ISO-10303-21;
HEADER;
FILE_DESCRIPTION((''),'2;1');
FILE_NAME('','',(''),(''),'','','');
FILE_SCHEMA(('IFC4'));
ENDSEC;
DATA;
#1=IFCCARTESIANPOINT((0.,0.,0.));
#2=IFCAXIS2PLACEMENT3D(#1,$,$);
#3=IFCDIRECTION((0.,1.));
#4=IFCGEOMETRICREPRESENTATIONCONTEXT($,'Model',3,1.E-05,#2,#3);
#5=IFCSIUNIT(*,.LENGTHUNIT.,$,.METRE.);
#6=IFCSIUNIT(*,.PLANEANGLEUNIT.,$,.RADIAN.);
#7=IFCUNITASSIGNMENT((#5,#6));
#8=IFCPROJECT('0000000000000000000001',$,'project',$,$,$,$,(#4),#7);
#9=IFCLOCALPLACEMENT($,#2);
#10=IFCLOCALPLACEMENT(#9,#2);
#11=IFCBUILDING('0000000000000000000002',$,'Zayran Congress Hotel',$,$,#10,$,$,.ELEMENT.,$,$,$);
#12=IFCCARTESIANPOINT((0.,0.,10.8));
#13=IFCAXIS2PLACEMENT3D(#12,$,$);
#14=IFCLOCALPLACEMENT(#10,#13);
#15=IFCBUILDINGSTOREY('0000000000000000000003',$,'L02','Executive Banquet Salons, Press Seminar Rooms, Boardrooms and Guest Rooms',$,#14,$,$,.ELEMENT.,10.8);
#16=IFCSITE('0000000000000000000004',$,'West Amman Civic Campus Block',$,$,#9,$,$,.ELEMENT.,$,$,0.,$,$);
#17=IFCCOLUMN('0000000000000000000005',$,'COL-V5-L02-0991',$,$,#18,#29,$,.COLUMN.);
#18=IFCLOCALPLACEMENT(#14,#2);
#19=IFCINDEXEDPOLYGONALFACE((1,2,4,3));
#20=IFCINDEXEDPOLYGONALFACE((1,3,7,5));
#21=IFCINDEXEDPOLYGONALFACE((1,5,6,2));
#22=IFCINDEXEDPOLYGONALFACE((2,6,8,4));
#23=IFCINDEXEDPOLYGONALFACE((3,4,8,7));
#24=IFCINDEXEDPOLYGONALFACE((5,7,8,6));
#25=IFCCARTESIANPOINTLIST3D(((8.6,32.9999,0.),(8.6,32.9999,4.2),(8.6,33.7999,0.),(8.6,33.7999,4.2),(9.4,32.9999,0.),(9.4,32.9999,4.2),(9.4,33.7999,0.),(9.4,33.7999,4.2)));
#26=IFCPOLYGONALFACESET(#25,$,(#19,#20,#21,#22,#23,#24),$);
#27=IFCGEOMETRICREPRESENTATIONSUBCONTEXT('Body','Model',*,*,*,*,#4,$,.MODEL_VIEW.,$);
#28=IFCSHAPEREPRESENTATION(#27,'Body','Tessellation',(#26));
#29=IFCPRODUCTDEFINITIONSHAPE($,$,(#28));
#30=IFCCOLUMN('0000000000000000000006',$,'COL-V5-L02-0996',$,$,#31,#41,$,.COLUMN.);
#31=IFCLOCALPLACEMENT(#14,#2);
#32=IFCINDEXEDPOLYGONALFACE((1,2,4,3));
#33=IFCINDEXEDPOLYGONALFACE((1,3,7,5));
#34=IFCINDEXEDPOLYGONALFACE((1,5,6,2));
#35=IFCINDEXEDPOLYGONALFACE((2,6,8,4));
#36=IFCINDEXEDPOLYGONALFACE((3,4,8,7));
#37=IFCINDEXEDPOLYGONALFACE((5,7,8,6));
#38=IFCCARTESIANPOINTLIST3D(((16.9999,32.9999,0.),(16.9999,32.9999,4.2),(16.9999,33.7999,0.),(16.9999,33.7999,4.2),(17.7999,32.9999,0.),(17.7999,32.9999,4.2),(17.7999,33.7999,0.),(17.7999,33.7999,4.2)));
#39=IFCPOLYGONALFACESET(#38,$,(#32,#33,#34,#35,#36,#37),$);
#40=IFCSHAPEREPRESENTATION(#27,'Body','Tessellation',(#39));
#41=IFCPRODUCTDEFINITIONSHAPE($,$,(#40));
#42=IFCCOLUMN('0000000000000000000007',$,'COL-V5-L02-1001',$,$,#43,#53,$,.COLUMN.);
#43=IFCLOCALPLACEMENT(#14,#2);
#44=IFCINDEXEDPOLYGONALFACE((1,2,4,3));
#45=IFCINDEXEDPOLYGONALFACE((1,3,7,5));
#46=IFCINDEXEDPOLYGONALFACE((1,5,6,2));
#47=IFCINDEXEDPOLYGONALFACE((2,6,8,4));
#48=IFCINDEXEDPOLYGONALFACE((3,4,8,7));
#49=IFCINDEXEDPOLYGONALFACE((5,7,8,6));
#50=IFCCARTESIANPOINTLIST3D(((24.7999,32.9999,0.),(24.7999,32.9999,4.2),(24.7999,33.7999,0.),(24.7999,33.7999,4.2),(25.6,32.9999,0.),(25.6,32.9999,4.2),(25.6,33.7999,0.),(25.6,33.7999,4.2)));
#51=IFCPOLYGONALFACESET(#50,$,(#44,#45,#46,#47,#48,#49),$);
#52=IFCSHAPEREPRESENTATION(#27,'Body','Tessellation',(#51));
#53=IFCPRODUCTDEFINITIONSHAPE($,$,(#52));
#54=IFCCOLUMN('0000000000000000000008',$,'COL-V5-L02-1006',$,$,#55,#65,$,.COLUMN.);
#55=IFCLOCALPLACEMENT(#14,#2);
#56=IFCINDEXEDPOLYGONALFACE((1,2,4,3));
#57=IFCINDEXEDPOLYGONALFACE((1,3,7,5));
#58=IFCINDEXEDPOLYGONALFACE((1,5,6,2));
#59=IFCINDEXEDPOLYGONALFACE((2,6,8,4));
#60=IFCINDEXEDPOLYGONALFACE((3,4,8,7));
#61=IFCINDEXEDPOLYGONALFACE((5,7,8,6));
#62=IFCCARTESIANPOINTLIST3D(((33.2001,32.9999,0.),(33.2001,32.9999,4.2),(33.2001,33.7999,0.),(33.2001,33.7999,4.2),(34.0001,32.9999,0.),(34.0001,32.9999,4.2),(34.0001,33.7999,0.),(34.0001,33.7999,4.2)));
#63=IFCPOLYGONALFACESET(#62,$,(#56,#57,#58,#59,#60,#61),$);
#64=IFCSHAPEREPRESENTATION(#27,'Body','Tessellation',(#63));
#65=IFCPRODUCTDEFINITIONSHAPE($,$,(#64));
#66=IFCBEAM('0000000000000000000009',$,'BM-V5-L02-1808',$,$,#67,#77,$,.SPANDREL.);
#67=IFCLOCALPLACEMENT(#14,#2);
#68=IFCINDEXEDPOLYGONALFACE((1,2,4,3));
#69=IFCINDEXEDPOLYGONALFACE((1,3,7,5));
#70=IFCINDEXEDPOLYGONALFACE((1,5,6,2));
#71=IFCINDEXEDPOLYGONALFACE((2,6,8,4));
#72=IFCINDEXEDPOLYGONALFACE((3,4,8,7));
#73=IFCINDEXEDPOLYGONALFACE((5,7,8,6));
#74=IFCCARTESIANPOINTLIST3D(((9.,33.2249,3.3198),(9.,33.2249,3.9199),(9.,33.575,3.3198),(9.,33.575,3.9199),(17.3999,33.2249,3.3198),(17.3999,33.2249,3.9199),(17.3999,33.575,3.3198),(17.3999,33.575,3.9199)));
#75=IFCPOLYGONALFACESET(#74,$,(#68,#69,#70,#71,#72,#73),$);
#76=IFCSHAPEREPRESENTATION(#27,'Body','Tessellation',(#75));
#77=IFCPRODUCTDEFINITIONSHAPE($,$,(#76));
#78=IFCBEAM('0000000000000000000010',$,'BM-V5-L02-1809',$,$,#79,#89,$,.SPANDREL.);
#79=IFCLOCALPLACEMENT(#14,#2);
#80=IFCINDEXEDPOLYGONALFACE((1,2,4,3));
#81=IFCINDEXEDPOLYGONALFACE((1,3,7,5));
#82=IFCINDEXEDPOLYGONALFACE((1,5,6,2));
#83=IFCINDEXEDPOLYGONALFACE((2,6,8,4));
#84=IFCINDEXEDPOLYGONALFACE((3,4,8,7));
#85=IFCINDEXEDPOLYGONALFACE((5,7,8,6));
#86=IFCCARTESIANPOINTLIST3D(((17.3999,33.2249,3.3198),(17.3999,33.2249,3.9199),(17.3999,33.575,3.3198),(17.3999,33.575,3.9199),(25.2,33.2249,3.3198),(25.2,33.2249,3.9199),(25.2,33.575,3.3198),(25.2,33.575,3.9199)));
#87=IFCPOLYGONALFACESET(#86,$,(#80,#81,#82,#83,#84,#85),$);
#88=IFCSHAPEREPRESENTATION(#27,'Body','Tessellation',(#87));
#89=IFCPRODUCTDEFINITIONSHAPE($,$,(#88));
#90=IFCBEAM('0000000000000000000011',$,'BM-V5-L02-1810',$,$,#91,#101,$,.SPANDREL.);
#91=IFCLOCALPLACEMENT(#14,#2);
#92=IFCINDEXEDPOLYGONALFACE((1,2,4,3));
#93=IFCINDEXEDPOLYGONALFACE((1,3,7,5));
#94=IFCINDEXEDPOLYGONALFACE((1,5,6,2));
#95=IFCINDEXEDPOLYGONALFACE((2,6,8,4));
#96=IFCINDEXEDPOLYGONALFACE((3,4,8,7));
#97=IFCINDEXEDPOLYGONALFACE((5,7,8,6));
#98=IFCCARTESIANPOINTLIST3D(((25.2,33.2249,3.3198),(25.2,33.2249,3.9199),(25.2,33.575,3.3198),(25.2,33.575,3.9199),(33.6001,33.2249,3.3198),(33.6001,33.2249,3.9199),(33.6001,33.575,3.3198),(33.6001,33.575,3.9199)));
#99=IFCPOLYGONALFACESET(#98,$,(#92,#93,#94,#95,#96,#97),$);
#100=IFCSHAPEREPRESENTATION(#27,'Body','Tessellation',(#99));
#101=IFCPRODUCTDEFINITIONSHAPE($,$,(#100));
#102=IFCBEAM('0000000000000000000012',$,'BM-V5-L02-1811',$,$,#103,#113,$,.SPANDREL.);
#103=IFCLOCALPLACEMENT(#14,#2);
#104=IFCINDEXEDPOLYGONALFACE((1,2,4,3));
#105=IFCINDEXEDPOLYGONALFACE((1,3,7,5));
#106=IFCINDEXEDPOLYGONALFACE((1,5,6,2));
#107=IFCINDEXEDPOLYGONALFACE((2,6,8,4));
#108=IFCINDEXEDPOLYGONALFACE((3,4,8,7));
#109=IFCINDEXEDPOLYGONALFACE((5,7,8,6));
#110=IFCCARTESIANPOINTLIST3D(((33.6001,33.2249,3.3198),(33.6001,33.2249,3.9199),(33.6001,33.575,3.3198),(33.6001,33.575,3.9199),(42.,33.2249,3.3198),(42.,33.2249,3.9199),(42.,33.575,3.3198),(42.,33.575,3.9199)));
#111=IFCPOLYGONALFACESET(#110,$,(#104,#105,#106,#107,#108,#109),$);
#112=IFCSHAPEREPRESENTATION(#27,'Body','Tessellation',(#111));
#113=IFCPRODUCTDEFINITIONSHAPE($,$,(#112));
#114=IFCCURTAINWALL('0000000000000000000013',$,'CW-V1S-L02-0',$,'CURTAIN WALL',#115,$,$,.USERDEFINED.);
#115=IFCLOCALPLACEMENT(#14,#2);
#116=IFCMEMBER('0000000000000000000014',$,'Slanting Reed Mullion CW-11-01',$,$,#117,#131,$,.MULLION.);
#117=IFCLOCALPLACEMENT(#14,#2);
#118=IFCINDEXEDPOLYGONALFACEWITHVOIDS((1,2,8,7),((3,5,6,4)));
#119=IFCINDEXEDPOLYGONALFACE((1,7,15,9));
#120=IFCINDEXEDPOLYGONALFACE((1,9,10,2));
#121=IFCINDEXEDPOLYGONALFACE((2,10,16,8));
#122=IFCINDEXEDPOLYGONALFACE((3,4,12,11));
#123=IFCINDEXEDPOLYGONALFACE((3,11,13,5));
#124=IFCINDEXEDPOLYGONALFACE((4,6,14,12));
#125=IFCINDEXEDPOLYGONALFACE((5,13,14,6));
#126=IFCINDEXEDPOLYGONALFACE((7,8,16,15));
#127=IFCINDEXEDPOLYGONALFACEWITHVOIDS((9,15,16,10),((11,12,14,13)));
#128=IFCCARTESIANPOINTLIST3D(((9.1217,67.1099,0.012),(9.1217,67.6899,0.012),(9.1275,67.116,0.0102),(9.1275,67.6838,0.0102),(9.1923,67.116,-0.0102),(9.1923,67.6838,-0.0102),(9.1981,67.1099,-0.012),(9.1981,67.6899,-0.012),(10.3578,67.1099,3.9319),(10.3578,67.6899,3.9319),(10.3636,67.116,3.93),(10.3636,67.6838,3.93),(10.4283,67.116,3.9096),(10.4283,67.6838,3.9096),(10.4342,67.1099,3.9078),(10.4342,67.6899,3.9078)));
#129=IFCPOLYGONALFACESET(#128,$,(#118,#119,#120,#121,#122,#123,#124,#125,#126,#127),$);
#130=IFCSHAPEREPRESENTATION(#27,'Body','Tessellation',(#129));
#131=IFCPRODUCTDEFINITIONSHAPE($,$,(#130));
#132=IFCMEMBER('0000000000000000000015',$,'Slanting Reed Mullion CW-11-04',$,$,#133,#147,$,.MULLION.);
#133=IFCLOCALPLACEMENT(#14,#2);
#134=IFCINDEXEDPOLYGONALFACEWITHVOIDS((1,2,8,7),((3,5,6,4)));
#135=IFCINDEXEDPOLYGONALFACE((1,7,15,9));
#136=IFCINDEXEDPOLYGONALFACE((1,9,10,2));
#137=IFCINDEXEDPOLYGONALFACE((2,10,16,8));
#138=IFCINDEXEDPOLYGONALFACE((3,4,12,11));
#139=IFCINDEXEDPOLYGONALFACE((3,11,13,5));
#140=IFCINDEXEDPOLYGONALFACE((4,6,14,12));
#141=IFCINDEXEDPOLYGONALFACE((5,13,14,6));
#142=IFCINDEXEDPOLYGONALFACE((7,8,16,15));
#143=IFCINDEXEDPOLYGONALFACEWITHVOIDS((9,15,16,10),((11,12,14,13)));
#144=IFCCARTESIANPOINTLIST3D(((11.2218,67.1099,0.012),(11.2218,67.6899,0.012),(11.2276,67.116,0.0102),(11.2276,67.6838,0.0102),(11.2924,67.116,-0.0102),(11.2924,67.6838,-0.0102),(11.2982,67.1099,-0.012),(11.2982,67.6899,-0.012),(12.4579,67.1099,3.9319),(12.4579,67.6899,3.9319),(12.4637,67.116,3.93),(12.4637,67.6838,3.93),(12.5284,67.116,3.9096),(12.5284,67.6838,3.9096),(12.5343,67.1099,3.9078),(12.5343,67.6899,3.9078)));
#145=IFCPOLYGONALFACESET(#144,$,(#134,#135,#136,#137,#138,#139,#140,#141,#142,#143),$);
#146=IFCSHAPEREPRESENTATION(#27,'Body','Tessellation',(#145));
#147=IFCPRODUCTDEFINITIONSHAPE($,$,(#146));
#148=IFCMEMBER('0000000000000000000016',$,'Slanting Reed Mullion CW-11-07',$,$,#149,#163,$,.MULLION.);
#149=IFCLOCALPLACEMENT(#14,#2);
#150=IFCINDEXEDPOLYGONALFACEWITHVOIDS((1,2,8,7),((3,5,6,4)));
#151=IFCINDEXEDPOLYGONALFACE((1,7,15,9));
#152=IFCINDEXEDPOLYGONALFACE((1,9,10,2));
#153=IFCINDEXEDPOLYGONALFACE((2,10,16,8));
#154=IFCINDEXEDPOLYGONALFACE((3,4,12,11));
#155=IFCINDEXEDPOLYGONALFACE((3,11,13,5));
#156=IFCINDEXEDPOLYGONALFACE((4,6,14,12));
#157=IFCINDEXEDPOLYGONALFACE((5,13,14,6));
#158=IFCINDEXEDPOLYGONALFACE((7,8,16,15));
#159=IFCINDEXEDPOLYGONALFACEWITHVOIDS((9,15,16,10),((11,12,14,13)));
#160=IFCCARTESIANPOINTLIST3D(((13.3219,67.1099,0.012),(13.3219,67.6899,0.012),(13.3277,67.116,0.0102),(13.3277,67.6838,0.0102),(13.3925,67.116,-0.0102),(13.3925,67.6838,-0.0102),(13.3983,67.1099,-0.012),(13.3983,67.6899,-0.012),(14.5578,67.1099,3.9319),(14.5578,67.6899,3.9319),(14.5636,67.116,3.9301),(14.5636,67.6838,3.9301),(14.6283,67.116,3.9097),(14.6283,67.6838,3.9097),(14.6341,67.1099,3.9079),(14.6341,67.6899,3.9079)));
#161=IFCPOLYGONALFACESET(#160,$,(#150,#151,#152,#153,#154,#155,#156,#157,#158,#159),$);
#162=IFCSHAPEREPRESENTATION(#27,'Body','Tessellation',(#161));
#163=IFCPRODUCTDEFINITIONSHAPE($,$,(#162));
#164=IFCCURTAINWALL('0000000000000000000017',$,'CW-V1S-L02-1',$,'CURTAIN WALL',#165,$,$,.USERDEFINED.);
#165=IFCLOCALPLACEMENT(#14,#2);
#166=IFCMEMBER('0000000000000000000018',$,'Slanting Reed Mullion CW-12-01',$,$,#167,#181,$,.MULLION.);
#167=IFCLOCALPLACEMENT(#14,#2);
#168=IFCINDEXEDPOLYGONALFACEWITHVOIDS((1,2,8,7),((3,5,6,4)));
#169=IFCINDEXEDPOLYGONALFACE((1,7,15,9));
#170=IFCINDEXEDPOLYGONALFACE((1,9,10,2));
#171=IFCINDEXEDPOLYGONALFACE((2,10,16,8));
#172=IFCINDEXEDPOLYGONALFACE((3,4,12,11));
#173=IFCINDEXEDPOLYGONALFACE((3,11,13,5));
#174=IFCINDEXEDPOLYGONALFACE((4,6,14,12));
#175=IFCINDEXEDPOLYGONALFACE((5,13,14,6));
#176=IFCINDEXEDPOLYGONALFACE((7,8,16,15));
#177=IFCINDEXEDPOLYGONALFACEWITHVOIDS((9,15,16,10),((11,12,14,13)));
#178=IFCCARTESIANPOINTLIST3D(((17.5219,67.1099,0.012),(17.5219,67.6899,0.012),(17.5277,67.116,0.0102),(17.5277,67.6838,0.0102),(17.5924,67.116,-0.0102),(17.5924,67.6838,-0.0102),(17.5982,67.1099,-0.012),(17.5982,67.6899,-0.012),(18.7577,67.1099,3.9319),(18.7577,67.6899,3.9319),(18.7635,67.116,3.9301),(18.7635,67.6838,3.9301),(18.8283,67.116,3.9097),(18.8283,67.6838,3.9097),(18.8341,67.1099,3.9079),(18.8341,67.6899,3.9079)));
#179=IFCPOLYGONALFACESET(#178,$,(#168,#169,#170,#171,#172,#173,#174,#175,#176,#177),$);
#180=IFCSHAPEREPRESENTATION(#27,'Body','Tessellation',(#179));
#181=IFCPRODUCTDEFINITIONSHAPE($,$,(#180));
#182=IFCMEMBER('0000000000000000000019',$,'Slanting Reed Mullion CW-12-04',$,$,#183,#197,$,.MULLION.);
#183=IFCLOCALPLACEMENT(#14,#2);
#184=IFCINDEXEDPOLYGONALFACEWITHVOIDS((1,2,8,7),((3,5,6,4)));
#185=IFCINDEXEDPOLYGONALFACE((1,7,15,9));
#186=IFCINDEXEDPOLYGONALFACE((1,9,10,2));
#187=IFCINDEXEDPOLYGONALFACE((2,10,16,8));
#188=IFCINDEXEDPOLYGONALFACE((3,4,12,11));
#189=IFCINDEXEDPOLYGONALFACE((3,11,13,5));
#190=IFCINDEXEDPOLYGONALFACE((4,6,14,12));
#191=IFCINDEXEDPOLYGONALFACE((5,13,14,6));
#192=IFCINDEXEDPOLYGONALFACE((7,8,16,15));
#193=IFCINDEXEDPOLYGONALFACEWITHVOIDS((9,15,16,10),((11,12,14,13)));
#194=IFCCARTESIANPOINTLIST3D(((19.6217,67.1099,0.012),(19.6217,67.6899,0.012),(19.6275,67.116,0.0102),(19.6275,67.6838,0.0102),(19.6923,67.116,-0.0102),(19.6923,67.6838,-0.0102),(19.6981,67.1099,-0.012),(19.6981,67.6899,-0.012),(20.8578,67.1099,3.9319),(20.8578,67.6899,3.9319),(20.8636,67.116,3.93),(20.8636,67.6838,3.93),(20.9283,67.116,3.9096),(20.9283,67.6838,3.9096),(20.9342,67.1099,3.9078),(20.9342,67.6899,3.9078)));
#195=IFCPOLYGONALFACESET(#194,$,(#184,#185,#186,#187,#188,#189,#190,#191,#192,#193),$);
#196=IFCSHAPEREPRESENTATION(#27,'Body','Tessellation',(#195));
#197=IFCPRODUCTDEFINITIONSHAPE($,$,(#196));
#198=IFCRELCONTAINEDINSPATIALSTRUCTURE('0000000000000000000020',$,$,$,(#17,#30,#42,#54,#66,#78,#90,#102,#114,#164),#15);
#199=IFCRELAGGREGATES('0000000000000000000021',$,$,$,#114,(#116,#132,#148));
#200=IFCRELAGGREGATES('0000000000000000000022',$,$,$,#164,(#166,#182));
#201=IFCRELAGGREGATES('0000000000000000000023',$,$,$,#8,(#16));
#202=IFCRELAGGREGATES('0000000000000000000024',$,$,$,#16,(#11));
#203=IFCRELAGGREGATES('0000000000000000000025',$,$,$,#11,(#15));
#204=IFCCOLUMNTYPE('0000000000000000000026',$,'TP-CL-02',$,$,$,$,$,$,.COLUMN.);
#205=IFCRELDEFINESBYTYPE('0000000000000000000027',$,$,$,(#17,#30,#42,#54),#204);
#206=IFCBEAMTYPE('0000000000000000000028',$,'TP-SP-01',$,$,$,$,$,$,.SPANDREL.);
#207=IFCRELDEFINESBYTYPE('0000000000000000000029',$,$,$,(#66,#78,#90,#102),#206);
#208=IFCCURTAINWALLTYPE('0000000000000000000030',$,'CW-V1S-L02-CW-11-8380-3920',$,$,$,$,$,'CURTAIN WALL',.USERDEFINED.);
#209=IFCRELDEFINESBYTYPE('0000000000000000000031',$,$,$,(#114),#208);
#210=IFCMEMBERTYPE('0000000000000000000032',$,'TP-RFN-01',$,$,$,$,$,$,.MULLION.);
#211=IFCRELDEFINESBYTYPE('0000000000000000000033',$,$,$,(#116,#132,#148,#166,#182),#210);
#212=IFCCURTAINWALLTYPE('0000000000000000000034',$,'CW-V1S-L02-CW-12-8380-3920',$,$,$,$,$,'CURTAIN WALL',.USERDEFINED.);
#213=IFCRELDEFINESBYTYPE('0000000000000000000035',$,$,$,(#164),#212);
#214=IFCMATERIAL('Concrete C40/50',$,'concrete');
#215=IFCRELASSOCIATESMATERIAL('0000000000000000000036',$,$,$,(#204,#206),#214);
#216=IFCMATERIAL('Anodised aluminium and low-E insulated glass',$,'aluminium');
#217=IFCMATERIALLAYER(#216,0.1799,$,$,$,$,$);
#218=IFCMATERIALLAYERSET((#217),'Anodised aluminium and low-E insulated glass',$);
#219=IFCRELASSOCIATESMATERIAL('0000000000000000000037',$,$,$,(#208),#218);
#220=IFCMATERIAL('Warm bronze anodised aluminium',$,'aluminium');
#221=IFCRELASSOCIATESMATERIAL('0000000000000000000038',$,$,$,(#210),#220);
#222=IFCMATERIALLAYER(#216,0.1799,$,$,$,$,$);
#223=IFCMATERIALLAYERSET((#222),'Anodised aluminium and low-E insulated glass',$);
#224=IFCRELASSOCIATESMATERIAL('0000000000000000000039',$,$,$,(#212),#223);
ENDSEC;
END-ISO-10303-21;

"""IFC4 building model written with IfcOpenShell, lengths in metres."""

from ifc_helpers import new_model, si_unit, direction, frame, origin, origin_2d, place, context, subcontext, project, spatial, rectangle, hollow_rectangle, extrude, material, layer, layer_set, material_profile, profile_set, type_object, element, aggregate, save


model = new_model("IFC4")

# Units and contexts
model_context = context("Model", 3, precision=1e-05, world=origin(), true_north=direction((0.0, 1.0)))
body_context = subcontext(model_context, "Body", "Model", "MODEL_VIEW")
ifc_project = project(units=[si_unit("LENGTHUNIT", "METRE"), si_unit("PLANEANGLEUNIT", "RADIAN")], contexts=[model_context])

# Site, building, storey
site_placement = place(None, origin())
site = spatial("IfcSite", under=ifc_project, at=site_placement, Name="West Amman Civic Campus Block", CompositionType="ELEMENT", RefElevation=0.0)
building_placement = place(site_placement, origin())
building = spatial("IfcBuilding", under=site, at=building_placement, Name="Zayran Congress Hotel", CompositionType="ELEMENT")
storey_placement = place(building_placement, frame((0.0, 0.0, 10.8)))
storey = spatial("IfcBuildingStorey", under=building, at=storey_placement, Name="L02", Description="Executive Banquet Salons, Press Seminar Rooms, Boardrooms and Guest Rooms", CompositionType="ELEMENT", Elevation=10.8)

# Columns
ifc_material_1 = material(Name="Concrete C40/50", Category="concrete")
ifc_material_profile_1 = material_profile(ifc_material_1, rectangle(XDim=0.8, YDim=0.8, at=origin_2d()), Name="RC 800x800")
ifc_profile_set_1 = profile_set([ifc_material_profile_1], Name="Concrete C40/50")
column_type = type_object("IfcColumnType", Name="TP-CL-02", PredefinedType="COLUMN", material=ifc_profile_set_1)
for number, where, z_axis, x_axis, name in (
    (1, (9.0, 33.3999, 0.0), (0.0, 0.0, 1.0), (1.0, 0.0, 0.0), "COL-V5-L02-0991"),
    (2, (17.3999, 33.3999, 0.0), (0.0, 0.0, 1.0), (1.0, 0.0, 0.0), "COL-V5-L02-0996"),
    (3, (25.2, 33.3999, 0.0), (0.0, 0.0, 1.0), (1.0, 0.0, 0.0), "COL-V5-L02-1001"),
    (4, (33.6001, 33.3999, 0.0), (0.0, 0.0, 1.0), (1.0, 0.0, 0.0), "COL-V5-L02-1006"),
):
    element("IfcColumn", number, at=place(storey_placement, frame(where, z_axis=z_axis, x_axis=x_axis)), inside=storey, type_object=column_type, Name=name, PredefinedType="COLUMN", context=body_context, shape_type="SweptSolid", body=[
        extrude(rectangle(XDim=0.8, YDim=0.8, at=origin_2d()), origin(), (0.0, 0.0, 1.0), 4.2),
    ])

# Beams
ifc_material_profile_2 = material_profile(ifc_material_1, rectangle(XDim=0.3501, YDim=0.6001, at=origin_2d()), Name="RC 350x600")
ifc_profile_set_2 = profile_set([ifc_material_profile_2], Name="Concrete C40/50")
beam_type = type_object("IfcBeamType", Name="TP-SP-01", PredefinedType="SPANDREL", material=ifc_profile_set_2)
beam_1_placement = place(storey_placement, frame((9.0, 33.3999, 3.6199), z_axis=(1.0, 0.0, 0.0), x_axis=(0.0, 1.0, 0.0)))
element("IfcBeam", 5, at=beam_1_placement, inside=storey, type_object=beam_type, Name="BM-V5-L02-1808", PredefinedType="SPANDREL", context=body_context, shape_type="SweptSolid", body=[
    extrude(rectangle(XDim=0.3501, YDim=0.6001, at=origin_2d()), origin(), (0.0, 0.0, 1.0), 8.3999),
])
beam_2_placement = place(storey_placement, frame((17.3999, 33.3999, 3.6199), z_axis=(1.0, 0.0, 0.0), x_axis=(0.0, 1.0, 0.0)))
element("IfcBeam", 6, at=beam_2_placement, inside=storey, type_object=beam_type, Name="BM-V5-L02-1809", PredefinedType="SPANDREL", context=body_context, shape_type="SweptSolid", body=[
    extrude(rectangle(XDim=0.3501, YDim=0.6001, at=origin_2d()), origin(), (0.0, 0.0, 1.0), 7.8),
])
beam_3_placement = place(storey_placement, frame((25.2, 33.3999, 3.6199), z_axis=(1.0, 0.0, 0.0), x_axis=(0.0, 1.0, 0.0)))
element("IfcBeam", 7, at=beam_3_placement, inside=storey, type_object=beam_type, Name="BM-V5-L02-1810", PredefinedType="SPANDREL", context=body_context, shape_type="SweptSolid", body=[
    extrude(rectangle(XDim=0.3501, YDim=0.6001, at=origin_2d()), origin(), (0.0, 0.0, 1.0), 8.4001),
])
beam_4_placement = place(storey_placement, frame((33.6001, 33.3999, 3.6199), z_axis=(1.0, 0.0, 0.0), x_axis=(0.0, 1.0, 0.0)))
element("IfcBeam", 8, at=beam_4_placement, inside=storey, type_object=beam_type, Name="BM-V5-L02-1811", PredefinedType="SPANDREL", context=body_context, shape_type="SweptSolid", body=[
    extrude(rectangle(XDim=0.3501, YDim=0.6001, at=origin_2d()), origin(), (0.0, 0.0, 1.0), 8.3999),
])

# Curtain walls, members
ifc_material_2 = material(Name="Anodised aluminium and low-E insulated glass", Category="aluminium")
ifc_layer_1 = layer(ifc_material_2, 0.1799)
ifc_layer_set_1 = layer_set([ifc_layer_1], Name="Anodised aluminium and low-E insulated glass")
curtain_wall_type_1 = type_object("IfcCurtainWallType", Name="CW-V1S-L02-CW-11-8380-3920", ElementType="CURTAIN WALL", PredefinedType="USERDEFINED", material=ifc_layer_set_1)
curtain_wall_1_placement = place(storey_placement, origin())
curtain_wall_1 = element("IfcCurtainWall", 9, at=curtain_wall_1_placement, inside=storey, type_object=curtain_wall_type_1, Name="CW-V1S-L02-0", ObjectType="CURTAIN WALL", PredefinedType="USERDEFINED")
ifc_material_3 = material(Name="Warm bronze anodised aluminium", Category="aluminium")
ifc_material_profile_3 = material_profile(ifc_material_3, hollow_rectangle(XDim=0.0801, YDim=0.5801, WallThickness=0.0061, at=origin_2d()), Name="RHS 580x80x6")
ifc_profile_set_3 = profile_set([ifc_material_profile_3], Name="Warm bronze anodised aluminium")
member_type_1 = type_object("IfcMemberType", Name="TP-RFN-01", PredefinedType="MULLION", material=ifc_profile_set_3)
member_1_placement = place(storey_placement, frame((9.1599, 67.3999, 0.0), z_axis=(0.300736, 0.0, 0.953707), x_axis=(-0.953707, 0.0, 0.300736)))
member_1 = element("IfcMember", 10, at=member_1_placement, type_object=member_type_1, Name="Slanting Reed Mullion CW-11-01", PredefinedType="MULLION", context=body_context, shape_type="SweptSolid", body=[
    extrude(hollow_rectangle(XDim=0.0801, YDim=0.5801, WallThickness=0.0061, at=origin_2d()), origin(), (0.0, 0.0, 1.0), 4.1101),
])
member_2_placement = place(storey_placement, frame((11.26, 67.3999, 0.0), z_axis=(0.300736, 0.0, 0.953707), x_axis=(-0.953707, 0.0, 0.300736)))
member_2 = element("IfcMember", 11, at=member_2_placement, type_object=member_type_1, Name="Slanting Reed Mullion CW-11-04", PredefinedType="MULLION", context=body_context, shape_type="SweptSolid", body=[
    extrude(hollow_rectangle(XDim=0.0801, YDim=0.5801, WallThickness=0.0061, at=origin_2d()), origin(), (0.0, 0.0, 1.0), 4.1101),
])
member_3_placement = place(storey_placement, frame((13.3601, 67.3999, 0.0), z_axis=(0.300682, 0.0, 0.953724), x_axis=(-0.953724, 0.0, 0.300682)))
member_3 = element("IfcMember", 12, at=member_3_placement, type_object=member_type_1, Name="Slanting Reed Mullion CW-11-07", PredefinedType="MULLION", context=body_context, shape_type="SweptSolid", body=[
    extrude(hollow_rectangle(XDim=0.0801, YDim=0.5801, WallThickness=0.0061, at=origin_2d()), origin(), (0.0, 0.0, 1.0), 4.1101),
])
ifc_layer_2 = layer(ifc_material_2, 0.1799)
ifc_layer_set_2 = layer_set([ifc_layer_2], Name="Anodised aluminium and low-E insulated glass")
curtain_wall_type_2 = type_object("IfcCurtainWallType", Name="CW-V1S-L02-CW-12-8380-3920", ElementType="CURTAIN WALL", PredefinedType="USERDEFINED", material=ifc_layer_set_2)
curtain_wall_2_placement = place(storey_placement, origin())
curtain_wall_2 = element("IfcCurtainWall", 13, at=curtain_wall_2_placement, inside=storey, type_object=curtain_wall_type_2, Name="CW-V1S-L02-1", ObjectType="CURTAIN WALL", PredefinedType="USERDEFINED")
member_4_placement = place(storey_placement, frame((17.5601, 67.3999, 0.0), z_axis=(0.300682, 0.0, 0.953724), x_axis=(-0.953724, 0.0, 0.300682)))
member_4 = element("IfcMember", 14, at=member_4_placement, type_object=member_type_1, Name="Slanting Reed Mullion CW-12-01", PredefinedType="MULLION", context=body_context, shape_type="SweptSolid", body=[
    extrude(hollow_rectangle(XDim=0.0801, YDim=0.5801, WallThickness=0.0061, at=origin_2d()), origin(), (0.0, 0.0, 1.0), 4.1101),
])
member_5_placement = place(storey_placement, frame((19.6599, 67.3999, 0.0), z_axis=(0.300736, 0.0, 0.953707), x_axis=(-0.953707, 0.0, 0.300736)))
member_5 = element("IfcMember", 15, at=member_5_placement, type_object=member_type_1, Name="Slanting Reed Mullion CW-12-04", PredefinedType="MULLION", context=body_context, shape_type="SweptSolid", body=[
    extrude(hollow_rectangle(XDim=0.0801, YDim=0.5801, WallThickness=0.0061, at=origin_2d()), origin(), (0.0, 0.0, 1.0), 4.1101),
])

aggregate(curtain_wall_1, [member_1, member_2, member_3])
aggregate(curtain_wall_2, [member_4, member_5])

save(model, "model.ifc")
